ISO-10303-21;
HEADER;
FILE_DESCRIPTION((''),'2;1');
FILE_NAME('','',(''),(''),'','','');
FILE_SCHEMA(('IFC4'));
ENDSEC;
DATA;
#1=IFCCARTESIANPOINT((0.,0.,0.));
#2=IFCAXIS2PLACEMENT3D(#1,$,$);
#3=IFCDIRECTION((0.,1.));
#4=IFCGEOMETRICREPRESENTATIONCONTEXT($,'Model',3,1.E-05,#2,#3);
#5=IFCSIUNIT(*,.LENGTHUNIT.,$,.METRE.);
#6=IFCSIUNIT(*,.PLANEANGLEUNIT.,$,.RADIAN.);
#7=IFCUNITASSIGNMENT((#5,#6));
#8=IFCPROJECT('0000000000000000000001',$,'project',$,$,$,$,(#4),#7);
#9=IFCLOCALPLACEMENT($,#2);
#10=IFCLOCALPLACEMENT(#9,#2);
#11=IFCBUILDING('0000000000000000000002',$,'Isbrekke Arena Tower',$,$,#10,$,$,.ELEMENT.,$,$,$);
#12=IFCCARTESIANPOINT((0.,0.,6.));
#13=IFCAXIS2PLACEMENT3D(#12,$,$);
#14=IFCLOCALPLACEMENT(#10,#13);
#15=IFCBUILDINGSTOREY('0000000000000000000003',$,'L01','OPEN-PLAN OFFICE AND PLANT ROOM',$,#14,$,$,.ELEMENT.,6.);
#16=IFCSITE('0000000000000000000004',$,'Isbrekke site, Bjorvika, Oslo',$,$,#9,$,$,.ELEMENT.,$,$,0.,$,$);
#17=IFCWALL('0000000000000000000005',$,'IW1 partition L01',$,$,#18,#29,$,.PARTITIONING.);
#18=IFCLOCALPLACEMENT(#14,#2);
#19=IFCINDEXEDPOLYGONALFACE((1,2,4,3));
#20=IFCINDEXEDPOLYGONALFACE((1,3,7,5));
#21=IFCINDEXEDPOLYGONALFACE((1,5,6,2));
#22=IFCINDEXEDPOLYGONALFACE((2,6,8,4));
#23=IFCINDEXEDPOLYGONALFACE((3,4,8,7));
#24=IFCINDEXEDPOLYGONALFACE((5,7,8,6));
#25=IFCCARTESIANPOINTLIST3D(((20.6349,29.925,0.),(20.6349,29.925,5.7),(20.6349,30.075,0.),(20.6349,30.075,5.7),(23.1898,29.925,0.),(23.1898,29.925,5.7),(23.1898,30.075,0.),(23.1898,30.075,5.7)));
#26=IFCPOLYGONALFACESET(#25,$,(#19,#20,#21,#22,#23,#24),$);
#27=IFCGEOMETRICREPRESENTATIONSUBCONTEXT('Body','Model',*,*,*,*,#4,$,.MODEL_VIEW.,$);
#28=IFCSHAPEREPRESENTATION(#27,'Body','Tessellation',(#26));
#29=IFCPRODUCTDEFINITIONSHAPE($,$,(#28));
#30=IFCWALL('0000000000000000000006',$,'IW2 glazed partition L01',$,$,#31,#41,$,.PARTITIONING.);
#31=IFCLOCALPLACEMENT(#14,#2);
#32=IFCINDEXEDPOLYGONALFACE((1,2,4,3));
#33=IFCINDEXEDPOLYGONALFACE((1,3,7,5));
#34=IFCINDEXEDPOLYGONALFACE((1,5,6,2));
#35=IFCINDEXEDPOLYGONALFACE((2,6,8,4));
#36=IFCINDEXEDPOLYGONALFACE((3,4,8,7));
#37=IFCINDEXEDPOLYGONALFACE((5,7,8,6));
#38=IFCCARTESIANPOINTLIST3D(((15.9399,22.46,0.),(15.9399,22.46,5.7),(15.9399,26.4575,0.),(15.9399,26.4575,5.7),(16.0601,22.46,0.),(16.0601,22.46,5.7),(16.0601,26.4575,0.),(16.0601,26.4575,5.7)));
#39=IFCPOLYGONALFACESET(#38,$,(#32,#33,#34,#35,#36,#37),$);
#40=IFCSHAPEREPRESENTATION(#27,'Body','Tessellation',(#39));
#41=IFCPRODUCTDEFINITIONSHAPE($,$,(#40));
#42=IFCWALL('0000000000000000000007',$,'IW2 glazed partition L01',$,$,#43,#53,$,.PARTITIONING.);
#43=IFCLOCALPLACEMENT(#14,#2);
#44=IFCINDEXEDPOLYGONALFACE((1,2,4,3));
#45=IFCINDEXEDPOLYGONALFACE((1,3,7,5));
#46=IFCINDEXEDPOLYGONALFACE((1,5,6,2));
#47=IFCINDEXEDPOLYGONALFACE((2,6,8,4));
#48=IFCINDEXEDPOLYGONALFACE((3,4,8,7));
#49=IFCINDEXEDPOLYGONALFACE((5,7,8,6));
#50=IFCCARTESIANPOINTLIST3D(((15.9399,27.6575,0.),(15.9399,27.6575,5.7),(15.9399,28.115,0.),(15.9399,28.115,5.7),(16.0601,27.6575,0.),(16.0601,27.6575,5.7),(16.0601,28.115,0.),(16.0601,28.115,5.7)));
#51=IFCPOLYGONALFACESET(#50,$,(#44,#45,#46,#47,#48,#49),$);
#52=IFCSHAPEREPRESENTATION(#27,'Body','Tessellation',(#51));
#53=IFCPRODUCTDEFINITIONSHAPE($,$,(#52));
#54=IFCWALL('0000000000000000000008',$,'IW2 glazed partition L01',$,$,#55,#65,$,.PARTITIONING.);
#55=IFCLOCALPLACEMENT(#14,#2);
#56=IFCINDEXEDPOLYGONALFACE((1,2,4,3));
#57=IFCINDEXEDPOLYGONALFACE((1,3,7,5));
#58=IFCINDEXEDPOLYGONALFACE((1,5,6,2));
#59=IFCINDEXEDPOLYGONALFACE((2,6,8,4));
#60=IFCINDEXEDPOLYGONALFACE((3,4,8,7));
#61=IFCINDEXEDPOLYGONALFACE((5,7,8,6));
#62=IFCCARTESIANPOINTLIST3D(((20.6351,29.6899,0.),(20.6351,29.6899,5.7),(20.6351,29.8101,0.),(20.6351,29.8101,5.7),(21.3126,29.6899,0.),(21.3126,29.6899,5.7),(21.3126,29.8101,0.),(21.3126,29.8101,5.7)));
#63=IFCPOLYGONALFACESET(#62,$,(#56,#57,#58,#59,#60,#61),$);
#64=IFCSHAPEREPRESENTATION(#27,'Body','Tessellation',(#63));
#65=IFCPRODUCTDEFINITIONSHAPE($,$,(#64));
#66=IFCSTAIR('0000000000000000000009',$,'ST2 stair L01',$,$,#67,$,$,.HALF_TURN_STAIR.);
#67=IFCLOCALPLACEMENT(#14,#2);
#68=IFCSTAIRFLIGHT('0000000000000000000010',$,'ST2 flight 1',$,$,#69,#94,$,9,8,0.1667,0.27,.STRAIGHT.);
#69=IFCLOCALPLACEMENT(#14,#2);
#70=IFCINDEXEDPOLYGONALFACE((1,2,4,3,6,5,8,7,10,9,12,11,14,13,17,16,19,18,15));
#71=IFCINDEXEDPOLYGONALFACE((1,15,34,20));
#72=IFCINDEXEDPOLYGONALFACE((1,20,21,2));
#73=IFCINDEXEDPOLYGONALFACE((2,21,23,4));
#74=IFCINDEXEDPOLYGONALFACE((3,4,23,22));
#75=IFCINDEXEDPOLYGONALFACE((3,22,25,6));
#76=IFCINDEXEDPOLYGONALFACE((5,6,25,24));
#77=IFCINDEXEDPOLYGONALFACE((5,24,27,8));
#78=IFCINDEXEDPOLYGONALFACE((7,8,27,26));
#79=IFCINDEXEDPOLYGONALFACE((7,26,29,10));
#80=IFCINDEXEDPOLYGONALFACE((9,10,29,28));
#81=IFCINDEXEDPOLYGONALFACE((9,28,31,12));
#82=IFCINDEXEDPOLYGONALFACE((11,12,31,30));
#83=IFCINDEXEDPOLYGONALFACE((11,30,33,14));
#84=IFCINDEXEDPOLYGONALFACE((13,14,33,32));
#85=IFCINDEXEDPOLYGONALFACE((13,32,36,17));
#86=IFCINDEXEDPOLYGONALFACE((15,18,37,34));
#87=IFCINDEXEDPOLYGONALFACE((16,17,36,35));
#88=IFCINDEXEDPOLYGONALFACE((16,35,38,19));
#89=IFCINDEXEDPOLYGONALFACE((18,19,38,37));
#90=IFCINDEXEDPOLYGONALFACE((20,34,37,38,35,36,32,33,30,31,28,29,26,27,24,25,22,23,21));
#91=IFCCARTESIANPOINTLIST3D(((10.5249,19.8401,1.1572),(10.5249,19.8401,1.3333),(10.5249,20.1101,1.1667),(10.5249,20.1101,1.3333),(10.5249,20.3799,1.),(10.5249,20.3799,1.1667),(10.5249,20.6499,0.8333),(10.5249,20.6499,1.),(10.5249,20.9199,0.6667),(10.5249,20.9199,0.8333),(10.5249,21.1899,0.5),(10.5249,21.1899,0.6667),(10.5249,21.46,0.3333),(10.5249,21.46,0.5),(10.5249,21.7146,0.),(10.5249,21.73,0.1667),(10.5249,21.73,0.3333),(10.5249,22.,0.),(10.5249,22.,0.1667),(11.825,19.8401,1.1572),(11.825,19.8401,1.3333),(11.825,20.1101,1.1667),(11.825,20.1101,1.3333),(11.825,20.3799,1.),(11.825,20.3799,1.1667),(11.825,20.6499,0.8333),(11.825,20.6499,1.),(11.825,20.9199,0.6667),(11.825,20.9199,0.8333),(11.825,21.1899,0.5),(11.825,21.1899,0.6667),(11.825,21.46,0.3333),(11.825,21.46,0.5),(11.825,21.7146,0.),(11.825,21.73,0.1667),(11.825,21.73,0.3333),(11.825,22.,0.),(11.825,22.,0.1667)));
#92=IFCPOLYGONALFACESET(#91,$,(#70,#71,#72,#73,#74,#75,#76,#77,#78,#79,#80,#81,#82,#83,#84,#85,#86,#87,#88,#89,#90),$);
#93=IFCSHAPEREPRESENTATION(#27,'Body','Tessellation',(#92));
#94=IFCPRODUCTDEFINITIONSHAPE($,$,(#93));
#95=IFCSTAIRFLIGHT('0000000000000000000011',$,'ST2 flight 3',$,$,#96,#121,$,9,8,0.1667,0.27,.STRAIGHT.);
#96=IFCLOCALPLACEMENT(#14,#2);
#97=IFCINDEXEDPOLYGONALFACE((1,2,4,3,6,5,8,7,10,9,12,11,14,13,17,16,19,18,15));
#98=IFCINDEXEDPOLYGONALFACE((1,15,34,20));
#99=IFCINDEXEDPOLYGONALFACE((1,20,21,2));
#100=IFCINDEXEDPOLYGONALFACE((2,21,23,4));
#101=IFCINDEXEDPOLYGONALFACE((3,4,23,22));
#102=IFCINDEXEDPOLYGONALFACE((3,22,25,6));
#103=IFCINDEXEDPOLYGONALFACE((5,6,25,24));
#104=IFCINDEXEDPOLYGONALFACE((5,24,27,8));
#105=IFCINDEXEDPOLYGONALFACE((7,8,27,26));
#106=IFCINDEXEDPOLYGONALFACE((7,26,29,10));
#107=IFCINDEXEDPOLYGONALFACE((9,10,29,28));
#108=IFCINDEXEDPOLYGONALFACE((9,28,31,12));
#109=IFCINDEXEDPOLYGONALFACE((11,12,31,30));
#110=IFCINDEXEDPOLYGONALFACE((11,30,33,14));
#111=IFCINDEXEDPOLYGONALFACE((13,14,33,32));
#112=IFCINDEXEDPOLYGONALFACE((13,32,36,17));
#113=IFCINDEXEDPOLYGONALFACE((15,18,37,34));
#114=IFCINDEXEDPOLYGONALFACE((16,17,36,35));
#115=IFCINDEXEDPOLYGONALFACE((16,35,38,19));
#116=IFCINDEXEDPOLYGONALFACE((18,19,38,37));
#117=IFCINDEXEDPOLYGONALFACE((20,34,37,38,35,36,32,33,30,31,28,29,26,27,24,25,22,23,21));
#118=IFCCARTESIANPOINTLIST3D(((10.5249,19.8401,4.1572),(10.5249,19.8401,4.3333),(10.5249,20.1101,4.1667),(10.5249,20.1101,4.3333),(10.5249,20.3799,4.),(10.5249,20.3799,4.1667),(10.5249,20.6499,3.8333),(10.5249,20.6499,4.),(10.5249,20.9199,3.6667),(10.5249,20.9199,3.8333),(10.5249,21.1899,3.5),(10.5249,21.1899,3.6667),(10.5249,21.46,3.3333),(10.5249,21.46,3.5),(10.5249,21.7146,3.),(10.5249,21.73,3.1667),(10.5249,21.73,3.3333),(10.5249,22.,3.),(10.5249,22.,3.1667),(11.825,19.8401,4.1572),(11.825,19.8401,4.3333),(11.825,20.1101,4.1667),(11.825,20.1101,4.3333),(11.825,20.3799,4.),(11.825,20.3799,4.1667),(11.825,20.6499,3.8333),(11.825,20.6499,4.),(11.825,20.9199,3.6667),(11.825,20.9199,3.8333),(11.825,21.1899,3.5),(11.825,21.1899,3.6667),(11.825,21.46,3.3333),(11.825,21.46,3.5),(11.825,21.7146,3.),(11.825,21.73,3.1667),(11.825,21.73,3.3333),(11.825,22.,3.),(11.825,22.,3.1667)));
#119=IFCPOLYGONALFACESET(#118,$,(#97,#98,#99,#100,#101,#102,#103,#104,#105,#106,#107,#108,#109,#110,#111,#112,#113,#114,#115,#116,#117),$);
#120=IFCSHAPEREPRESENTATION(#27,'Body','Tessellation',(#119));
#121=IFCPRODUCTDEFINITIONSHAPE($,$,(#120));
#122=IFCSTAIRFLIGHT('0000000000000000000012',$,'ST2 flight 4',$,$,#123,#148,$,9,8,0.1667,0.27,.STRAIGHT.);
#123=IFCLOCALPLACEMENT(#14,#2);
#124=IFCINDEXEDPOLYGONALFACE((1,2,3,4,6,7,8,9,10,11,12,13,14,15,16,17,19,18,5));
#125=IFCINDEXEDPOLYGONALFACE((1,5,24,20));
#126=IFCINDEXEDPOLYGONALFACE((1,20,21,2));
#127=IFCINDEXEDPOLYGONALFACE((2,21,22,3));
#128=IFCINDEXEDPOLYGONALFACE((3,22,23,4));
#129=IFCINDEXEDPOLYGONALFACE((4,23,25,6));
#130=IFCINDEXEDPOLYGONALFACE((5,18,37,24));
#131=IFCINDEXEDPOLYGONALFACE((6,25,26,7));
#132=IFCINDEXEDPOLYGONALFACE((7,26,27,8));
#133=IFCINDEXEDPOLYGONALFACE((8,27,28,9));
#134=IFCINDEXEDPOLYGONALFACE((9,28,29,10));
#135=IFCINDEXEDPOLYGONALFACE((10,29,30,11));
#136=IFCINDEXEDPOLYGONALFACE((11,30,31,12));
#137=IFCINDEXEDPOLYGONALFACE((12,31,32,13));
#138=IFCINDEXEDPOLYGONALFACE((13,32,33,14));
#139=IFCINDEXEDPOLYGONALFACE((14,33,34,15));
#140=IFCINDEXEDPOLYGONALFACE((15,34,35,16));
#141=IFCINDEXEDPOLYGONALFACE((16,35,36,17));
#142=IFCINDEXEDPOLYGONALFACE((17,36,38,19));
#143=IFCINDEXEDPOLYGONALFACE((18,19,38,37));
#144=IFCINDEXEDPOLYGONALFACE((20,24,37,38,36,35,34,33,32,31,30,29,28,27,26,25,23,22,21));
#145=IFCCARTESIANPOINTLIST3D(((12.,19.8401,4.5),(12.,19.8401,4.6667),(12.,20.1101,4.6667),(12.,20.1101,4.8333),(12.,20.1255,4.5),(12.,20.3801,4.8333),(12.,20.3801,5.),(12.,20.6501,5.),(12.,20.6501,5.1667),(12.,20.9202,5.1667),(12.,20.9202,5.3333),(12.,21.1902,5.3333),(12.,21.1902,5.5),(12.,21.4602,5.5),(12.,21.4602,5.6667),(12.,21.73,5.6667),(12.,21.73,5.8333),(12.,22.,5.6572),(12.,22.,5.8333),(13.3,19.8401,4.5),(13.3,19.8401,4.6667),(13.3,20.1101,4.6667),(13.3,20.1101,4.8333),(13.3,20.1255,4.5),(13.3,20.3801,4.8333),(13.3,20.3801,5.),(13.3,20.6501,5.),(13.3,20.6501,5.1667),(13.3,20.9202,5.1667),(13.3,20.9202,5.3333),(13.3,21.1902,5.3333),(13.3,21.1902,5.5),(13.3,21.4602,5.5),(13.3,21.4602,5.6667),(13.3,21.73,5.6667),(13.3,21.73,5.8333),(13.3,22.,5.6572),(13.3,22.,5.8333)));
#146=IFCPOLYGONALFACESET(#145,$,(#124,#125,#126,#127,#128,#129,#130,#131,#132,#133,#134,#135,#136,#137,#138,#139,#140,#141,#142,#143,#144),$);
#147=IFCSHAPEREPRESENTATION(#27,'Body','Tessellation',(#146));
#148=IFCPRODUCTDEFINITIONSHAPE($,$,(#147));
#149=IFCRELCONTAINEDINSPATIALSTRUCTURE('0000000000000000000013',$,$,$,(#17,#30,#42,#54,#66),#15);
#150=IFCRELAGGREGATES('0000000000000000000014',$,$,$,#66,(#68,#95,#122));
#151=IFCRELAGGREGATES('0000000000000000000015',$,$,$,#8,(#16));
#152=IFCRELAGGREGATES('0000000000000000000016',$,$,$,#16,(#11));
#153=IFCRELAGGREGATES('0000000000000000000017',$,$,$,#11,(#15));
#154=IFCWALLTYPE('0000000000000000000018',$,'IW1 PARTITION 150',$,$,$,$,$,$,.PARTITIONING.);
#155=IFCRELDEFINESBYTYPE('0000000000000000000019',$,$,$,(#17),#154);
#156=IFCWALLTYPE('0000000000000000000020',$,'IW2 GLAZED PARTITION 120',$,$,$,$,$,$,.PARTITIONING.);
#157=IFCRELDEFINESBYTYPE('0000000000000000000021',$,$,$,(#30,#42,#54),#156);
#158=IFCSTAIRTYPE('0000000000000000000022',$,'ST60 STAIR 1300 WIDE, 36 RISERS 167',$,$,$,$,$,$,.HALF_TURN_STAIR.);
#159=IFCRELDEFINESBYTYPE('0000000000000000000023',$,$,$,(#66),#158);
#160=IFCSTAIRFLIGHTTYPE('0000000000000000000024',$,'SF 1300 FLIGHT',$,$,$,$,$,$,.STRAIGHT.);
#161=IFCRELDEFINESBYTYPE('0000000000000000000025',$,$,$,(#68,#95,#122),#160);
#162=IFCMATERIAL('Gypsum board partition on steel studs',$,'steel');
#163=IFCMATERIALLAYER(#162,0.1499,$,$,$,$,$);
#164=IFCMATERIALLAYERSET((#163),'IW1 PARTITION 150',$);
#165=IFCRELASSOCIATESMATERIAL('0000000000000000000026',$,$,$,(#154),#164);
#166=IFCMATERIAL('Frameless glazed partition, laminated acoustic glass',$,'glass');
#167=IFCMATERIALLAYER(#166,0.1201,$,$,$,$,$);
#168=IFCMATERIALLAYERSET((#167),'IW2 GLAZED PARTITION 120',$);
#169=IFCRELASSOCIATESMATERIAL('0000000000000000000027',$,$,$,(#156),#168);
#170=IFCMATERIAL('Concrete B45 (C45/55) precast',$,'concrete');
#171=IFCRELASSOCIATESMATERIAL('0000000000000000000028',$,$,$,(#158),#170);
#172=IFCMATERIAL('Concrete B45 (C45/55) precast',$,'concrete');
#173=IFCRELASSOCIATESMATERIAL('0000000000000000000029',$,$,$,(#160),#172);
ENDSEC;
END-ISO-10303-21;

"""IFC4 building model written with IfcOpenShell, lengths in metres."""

from ifc_helpers import new_model, si_unit, direction, frame, frame_2d, origin, place, context, subcontext, project, spatial, polyline, rectangle, outline, extrude, material, layer, layer_set, type_object, element, aggregate, save


model = new_model("IFC4")

# Units and contexts
model_context = context("Model", 3, precision=1e-05, world=origin(), true_north=direction((0.0, 1.0)))
body_context = subcontext(model_context, "Body", "Model", "MODEL_VIEW")
ifc_project = project(units=[si_unit("LENGTHUNIT", "METRE"), si_unit("PLANEANGLEUNIT", "RADIAN")], contexts=[model_context])

# Site, building, storey
site_placement = place(None, origin())
site = spatial("IfcSite", under=ifc_project, at=site_placement, Name="Isbrekke site, Bjorvika, Oslo", CompositionType="ELEMENT", RefElevation=0.0)
building_placement = place(site_placement, origin())
building = spatial("IfcBuilding", under=site, at=building_placement, Name="Isbrekke Arena Tower", CompositionType="ELEMENT")
storey_placement = place(building_placement, frame((0.0, 0.0, 6.0)))
storey = spatial("IfcBuildingStorey", under=building, at=storey_placement, Name="L01", Description="OPEN-PLAN OFFICE AND PLANT ROOM", CompositionType="ELEMENT", Elevation=6.0)

# Shared definitions
ifc_material_1 = material(Name="Gypsum board partition on steel studs", Category="steel")
ifc_layer_1 = layer(ifc_material_1, 0.1499)
ifc_layer_set_1 = layer_set([ifc_layer_1], Name="IW1 PARTITION 150")
wall_type_1 = type_object("IfcWallType", Name="IW1 PARTITION 150", PredefinedType="PARTITIONING", material=ifc_layer_set_1)

# Walls
wall_1_placement = place(storey_placement, frame((20.635, 30.0, 0.0), z_axis=(0.0, 0.0, 1.0), x_axis=(1.0, 0.0, 0.0)))
element("IfcWall", 1, at=wall_1_placement, inside=storey, type_object=wall_type_1, Name="IW1 partition L01", PredefinedType="PARTITIONING", context=body_context, shape_type="SweptSolid", body=[
    extrude(rectangle(XDim=2.5549, YDim=0.1499, at=frame_2d((1.2773, 0.0))), origin(), (0.0, 0.0, 1.0), 5.7),
])
ifc_material_2 = material(Name="Frameless glazed partition, laminated acoustic glass", Category="glass")
ifc_layer_2 = layer(ifc_material_2, 0.1201)
ifc_layer_set_2 = layer_set([ifc_layer_2], Name="IW2 GLAZED PARTITION 120")
wall_type_2 = type_object("IfcWallType", Name="IW2 GLAZED PARTITION 120", PredefinedType="PARTITIONING", material=ifc_layer_set_2)
wall_2_placement = place(storey_placement, frame((16.0, 22.46, 0.0), z_axis=(0.0, 0.0, 1.0), x_axis=(0.0, 1.0, 0.0)))
element("IfcWall", 2, at=wall_2_placement, inside=storey, type_object=wall_type_2, Name="IW2 glazed partition L01", PredefinedType="PARTITIONING", context=body_context, shape_type="SweptSolid", body=[
    extrude(rectangle(XDim=3.9976, YDim=0.1201, at=frame_2d((1.9988, 0.0))), origin(), (0.0, 0.0, 1.0), 5.7),
])
wall_3_placement = place(storey_placement, frame((16.0, 27.6575, 0.0), z_axis=(0.0, 0.0, 1.0), x_axis=(0.0, 1.0, 0.0)))
element("IfcWall", 3, at=wall_3_placement, inside=storey, type_object=wall_type_2, Name="IW2 glazed partition L01", PredefinedType="PARTITIONING", context=body_context, shape_type="SweptSolid", body=[
    extrude(rectangle(XDim=0.4575, YDim=0.1201, at=frame_2d((0.2288, 0.0))), origin(), (0.0, 0.0, 1.0), 5.7),
])
wall_4_placement = place(storey_placement, frame((20.635, 29.75, 0.0), z_axis=(0.0, 0.0, 1.0), x_axis=(1.0, 0.0, 0.0)))
element("IfcWall", 4, at=wall_4_placement, inside=storey, type_object=wall_type_2, Name="IW2 glazed partition L01", PredefinedType="PARTITIONING", context=body_context, shape_type="SweptSolid", body=[
    extrude(rectangle(XDim=0.6775, YDim=0.1201, at=frame_2d((0.3389, 0.0))), origin(), (0.0, 0.0, 1.0), 5.7),
])

# Stair, stair flights
ifc_material_3 = material(Name="Concrete B45 (C45/55) precast", Category="concrete")
stair_type = type_object("IfcStairType", Name="ST60 STAIR 1300 WIDE, 36 RISERS 167", PredefinedType="HALF_TURN_STAIR", material=ifc_material_3)
stair_placement = place(storey_placement, origin())
stair = element("IfcStair", 5, at=stair_placement, inside=storey, type_object=stair_type, Name="ST2 stair L01", PredefinedType="HALF_TURN_STAIR")
ifc_material_4 = material(Name="Concrete B45 (C45/55) precast", Category="concrete")
stair_flight_type = type_object("IfcStairFlightType", Name="SF 1300 FLIGHT", PredefinedType="STRAIGHT", material=ifc_material_4)
stair_flight_1_placement = place(storey_placement, frame((11.175, 22.0, 0.0), z_axis=(0.0, 0.0, 1.0), x_axis=(0.0, -1.0, 0.0)))
stair_flight_1 = element("IfcStairFlight", 6, at=stair_flight_1_placement, type_object=stair_flight_type, Name="ST2 flight 1", NumberOfRisers=9, NumberOfTreads=8, PredefinedType="STRAIGHT", RiserHeight=0.1667, TreadLength=0.27, context=body_context, shape_type="SweptSolid", body=[
    extrude(outline(polyline([(0.0, 0.0), (0.0, 0.1667), (0.27, 0.1667), (0.27, 0.3333), (0.54, 0.3333), (0.54, 0.5), (0.8101, 0.5), (0.8101, 0.6667), (1.0801, 0.6667), (1.0801, 0.8333), (1.3501, 0.8333), (1.3501, 1.0), (1.6201, 1.0), (1.6201, 1.1667), (1.8899, 1.1667), (1.8899, 1.3333), (2.1599, 1.3333), (2.1599, 1.5), (2.1599, 1.1572), (0.2854, 0.0), (0.0, 0.0)])), frame((0.0, 0.6499, 0.0), z_axis=(0.0, -1.0, 0.0), x_axis=(1.0, 0.0, 0.0)), (0.0, 0.0, 1.0), 1.3),
])
stair_flight_2_placement = place(storey_placement, frame((11.175, 22.0, 3.0), z_axis=(0.0, 0.0, 1.0), x_axis=(0.0, -1.0, 0.0)))
stair_flight_2 = element("IfcStairFlight", 7, at=stair_flight_2_placement, type_object=stair_flight_type, Name="ST2 flight 3", NumberOfRisers=9, NumberOfTreads=8, PredefinedType="STRAIGHT", RiserHeight=0.1667, TreadLength=0.27, context=body_context, shape_type="SweptSolid", body=[
    extrude(outline(polyline([(0.0, 0.0), (0.0, 0.1667), (0.27, 0.1667), (0.27, 0.3333), (0.54, 0.3333), (0.54, 0.5), (0.8101, 0.5), (0.8101, 0.6667), (1.0801, 0.6667), (1.0801, 0.8333), (1.3501, 0.8333), (1.3501, 1.0), (1.6201, 1.0), (1.6201, 1.1667), (1.8899, 1.1667), (1.8899, 1.3333), (2.1599, 1.3333), (2.1599, 1.5), (2.1599, 1.1572), (0.2854, 0.0), (0.0, 0.0)])), frame((0.0, 0.6499, 0.0), z_axis=(0.0, -1.0, 0.0), x_axis=(1.0, 0.0, 0.0)), (0.0, 0.0, 1.0), 1.3),
])
stair_flight_3_placement = place(storey_placement, frame((12.6499, 19.8401, 4.5), z_axis=(0.0, 0.0, 1.0), x_axis=(0.0, 1.0, 0.0)))
stair_flight_3 = element("IfcStairFlight", 8, at=stair_flight_3_placement, type_object=stair_flight_type, Name="ST2 flight 4", NumberOfRisers=9, NumberOfTreads=8, PredefinedType="STRAIGHT", RiserHeight=0.1667, TreadLength=0.27, context=body_context, shape_type="SweptSolid", body=[
    extrude(outline(polyline([(0.0, 0.0), (0.0, 0.1667), (0.27, 0.1667), (0.27, 0.3333), (0.54, 0.3333), (0.54, 0.5), (0.8101, 0.5), (0.8101, 0.6667), (1.0801, 0.6667), (1.0801, 0.8333), (1.3501, 0.8333), (1.3501, 1.0), (1.6201, 1.0), (1.6201, 1.1667), (1.8899, 1.1667), (1.8899, 1.3333), (2.1599, 1.3333), (2.1599, 1.5), (2.1599, 1.1572), (0.2854, 0.0), (0.0, 0.0)])), frame((0.0, 0.6499, 0.0), z_axis=(0.0, -1.0, 0.0), x_axis=(1.0, 0.0, 0.0)), (0.0, 0.0, 1.0), 1.3),
])
aggregate(stair, [stair_flight_1, stair_flight_2, stair_flight_3])

save(model, "model.ifc")
